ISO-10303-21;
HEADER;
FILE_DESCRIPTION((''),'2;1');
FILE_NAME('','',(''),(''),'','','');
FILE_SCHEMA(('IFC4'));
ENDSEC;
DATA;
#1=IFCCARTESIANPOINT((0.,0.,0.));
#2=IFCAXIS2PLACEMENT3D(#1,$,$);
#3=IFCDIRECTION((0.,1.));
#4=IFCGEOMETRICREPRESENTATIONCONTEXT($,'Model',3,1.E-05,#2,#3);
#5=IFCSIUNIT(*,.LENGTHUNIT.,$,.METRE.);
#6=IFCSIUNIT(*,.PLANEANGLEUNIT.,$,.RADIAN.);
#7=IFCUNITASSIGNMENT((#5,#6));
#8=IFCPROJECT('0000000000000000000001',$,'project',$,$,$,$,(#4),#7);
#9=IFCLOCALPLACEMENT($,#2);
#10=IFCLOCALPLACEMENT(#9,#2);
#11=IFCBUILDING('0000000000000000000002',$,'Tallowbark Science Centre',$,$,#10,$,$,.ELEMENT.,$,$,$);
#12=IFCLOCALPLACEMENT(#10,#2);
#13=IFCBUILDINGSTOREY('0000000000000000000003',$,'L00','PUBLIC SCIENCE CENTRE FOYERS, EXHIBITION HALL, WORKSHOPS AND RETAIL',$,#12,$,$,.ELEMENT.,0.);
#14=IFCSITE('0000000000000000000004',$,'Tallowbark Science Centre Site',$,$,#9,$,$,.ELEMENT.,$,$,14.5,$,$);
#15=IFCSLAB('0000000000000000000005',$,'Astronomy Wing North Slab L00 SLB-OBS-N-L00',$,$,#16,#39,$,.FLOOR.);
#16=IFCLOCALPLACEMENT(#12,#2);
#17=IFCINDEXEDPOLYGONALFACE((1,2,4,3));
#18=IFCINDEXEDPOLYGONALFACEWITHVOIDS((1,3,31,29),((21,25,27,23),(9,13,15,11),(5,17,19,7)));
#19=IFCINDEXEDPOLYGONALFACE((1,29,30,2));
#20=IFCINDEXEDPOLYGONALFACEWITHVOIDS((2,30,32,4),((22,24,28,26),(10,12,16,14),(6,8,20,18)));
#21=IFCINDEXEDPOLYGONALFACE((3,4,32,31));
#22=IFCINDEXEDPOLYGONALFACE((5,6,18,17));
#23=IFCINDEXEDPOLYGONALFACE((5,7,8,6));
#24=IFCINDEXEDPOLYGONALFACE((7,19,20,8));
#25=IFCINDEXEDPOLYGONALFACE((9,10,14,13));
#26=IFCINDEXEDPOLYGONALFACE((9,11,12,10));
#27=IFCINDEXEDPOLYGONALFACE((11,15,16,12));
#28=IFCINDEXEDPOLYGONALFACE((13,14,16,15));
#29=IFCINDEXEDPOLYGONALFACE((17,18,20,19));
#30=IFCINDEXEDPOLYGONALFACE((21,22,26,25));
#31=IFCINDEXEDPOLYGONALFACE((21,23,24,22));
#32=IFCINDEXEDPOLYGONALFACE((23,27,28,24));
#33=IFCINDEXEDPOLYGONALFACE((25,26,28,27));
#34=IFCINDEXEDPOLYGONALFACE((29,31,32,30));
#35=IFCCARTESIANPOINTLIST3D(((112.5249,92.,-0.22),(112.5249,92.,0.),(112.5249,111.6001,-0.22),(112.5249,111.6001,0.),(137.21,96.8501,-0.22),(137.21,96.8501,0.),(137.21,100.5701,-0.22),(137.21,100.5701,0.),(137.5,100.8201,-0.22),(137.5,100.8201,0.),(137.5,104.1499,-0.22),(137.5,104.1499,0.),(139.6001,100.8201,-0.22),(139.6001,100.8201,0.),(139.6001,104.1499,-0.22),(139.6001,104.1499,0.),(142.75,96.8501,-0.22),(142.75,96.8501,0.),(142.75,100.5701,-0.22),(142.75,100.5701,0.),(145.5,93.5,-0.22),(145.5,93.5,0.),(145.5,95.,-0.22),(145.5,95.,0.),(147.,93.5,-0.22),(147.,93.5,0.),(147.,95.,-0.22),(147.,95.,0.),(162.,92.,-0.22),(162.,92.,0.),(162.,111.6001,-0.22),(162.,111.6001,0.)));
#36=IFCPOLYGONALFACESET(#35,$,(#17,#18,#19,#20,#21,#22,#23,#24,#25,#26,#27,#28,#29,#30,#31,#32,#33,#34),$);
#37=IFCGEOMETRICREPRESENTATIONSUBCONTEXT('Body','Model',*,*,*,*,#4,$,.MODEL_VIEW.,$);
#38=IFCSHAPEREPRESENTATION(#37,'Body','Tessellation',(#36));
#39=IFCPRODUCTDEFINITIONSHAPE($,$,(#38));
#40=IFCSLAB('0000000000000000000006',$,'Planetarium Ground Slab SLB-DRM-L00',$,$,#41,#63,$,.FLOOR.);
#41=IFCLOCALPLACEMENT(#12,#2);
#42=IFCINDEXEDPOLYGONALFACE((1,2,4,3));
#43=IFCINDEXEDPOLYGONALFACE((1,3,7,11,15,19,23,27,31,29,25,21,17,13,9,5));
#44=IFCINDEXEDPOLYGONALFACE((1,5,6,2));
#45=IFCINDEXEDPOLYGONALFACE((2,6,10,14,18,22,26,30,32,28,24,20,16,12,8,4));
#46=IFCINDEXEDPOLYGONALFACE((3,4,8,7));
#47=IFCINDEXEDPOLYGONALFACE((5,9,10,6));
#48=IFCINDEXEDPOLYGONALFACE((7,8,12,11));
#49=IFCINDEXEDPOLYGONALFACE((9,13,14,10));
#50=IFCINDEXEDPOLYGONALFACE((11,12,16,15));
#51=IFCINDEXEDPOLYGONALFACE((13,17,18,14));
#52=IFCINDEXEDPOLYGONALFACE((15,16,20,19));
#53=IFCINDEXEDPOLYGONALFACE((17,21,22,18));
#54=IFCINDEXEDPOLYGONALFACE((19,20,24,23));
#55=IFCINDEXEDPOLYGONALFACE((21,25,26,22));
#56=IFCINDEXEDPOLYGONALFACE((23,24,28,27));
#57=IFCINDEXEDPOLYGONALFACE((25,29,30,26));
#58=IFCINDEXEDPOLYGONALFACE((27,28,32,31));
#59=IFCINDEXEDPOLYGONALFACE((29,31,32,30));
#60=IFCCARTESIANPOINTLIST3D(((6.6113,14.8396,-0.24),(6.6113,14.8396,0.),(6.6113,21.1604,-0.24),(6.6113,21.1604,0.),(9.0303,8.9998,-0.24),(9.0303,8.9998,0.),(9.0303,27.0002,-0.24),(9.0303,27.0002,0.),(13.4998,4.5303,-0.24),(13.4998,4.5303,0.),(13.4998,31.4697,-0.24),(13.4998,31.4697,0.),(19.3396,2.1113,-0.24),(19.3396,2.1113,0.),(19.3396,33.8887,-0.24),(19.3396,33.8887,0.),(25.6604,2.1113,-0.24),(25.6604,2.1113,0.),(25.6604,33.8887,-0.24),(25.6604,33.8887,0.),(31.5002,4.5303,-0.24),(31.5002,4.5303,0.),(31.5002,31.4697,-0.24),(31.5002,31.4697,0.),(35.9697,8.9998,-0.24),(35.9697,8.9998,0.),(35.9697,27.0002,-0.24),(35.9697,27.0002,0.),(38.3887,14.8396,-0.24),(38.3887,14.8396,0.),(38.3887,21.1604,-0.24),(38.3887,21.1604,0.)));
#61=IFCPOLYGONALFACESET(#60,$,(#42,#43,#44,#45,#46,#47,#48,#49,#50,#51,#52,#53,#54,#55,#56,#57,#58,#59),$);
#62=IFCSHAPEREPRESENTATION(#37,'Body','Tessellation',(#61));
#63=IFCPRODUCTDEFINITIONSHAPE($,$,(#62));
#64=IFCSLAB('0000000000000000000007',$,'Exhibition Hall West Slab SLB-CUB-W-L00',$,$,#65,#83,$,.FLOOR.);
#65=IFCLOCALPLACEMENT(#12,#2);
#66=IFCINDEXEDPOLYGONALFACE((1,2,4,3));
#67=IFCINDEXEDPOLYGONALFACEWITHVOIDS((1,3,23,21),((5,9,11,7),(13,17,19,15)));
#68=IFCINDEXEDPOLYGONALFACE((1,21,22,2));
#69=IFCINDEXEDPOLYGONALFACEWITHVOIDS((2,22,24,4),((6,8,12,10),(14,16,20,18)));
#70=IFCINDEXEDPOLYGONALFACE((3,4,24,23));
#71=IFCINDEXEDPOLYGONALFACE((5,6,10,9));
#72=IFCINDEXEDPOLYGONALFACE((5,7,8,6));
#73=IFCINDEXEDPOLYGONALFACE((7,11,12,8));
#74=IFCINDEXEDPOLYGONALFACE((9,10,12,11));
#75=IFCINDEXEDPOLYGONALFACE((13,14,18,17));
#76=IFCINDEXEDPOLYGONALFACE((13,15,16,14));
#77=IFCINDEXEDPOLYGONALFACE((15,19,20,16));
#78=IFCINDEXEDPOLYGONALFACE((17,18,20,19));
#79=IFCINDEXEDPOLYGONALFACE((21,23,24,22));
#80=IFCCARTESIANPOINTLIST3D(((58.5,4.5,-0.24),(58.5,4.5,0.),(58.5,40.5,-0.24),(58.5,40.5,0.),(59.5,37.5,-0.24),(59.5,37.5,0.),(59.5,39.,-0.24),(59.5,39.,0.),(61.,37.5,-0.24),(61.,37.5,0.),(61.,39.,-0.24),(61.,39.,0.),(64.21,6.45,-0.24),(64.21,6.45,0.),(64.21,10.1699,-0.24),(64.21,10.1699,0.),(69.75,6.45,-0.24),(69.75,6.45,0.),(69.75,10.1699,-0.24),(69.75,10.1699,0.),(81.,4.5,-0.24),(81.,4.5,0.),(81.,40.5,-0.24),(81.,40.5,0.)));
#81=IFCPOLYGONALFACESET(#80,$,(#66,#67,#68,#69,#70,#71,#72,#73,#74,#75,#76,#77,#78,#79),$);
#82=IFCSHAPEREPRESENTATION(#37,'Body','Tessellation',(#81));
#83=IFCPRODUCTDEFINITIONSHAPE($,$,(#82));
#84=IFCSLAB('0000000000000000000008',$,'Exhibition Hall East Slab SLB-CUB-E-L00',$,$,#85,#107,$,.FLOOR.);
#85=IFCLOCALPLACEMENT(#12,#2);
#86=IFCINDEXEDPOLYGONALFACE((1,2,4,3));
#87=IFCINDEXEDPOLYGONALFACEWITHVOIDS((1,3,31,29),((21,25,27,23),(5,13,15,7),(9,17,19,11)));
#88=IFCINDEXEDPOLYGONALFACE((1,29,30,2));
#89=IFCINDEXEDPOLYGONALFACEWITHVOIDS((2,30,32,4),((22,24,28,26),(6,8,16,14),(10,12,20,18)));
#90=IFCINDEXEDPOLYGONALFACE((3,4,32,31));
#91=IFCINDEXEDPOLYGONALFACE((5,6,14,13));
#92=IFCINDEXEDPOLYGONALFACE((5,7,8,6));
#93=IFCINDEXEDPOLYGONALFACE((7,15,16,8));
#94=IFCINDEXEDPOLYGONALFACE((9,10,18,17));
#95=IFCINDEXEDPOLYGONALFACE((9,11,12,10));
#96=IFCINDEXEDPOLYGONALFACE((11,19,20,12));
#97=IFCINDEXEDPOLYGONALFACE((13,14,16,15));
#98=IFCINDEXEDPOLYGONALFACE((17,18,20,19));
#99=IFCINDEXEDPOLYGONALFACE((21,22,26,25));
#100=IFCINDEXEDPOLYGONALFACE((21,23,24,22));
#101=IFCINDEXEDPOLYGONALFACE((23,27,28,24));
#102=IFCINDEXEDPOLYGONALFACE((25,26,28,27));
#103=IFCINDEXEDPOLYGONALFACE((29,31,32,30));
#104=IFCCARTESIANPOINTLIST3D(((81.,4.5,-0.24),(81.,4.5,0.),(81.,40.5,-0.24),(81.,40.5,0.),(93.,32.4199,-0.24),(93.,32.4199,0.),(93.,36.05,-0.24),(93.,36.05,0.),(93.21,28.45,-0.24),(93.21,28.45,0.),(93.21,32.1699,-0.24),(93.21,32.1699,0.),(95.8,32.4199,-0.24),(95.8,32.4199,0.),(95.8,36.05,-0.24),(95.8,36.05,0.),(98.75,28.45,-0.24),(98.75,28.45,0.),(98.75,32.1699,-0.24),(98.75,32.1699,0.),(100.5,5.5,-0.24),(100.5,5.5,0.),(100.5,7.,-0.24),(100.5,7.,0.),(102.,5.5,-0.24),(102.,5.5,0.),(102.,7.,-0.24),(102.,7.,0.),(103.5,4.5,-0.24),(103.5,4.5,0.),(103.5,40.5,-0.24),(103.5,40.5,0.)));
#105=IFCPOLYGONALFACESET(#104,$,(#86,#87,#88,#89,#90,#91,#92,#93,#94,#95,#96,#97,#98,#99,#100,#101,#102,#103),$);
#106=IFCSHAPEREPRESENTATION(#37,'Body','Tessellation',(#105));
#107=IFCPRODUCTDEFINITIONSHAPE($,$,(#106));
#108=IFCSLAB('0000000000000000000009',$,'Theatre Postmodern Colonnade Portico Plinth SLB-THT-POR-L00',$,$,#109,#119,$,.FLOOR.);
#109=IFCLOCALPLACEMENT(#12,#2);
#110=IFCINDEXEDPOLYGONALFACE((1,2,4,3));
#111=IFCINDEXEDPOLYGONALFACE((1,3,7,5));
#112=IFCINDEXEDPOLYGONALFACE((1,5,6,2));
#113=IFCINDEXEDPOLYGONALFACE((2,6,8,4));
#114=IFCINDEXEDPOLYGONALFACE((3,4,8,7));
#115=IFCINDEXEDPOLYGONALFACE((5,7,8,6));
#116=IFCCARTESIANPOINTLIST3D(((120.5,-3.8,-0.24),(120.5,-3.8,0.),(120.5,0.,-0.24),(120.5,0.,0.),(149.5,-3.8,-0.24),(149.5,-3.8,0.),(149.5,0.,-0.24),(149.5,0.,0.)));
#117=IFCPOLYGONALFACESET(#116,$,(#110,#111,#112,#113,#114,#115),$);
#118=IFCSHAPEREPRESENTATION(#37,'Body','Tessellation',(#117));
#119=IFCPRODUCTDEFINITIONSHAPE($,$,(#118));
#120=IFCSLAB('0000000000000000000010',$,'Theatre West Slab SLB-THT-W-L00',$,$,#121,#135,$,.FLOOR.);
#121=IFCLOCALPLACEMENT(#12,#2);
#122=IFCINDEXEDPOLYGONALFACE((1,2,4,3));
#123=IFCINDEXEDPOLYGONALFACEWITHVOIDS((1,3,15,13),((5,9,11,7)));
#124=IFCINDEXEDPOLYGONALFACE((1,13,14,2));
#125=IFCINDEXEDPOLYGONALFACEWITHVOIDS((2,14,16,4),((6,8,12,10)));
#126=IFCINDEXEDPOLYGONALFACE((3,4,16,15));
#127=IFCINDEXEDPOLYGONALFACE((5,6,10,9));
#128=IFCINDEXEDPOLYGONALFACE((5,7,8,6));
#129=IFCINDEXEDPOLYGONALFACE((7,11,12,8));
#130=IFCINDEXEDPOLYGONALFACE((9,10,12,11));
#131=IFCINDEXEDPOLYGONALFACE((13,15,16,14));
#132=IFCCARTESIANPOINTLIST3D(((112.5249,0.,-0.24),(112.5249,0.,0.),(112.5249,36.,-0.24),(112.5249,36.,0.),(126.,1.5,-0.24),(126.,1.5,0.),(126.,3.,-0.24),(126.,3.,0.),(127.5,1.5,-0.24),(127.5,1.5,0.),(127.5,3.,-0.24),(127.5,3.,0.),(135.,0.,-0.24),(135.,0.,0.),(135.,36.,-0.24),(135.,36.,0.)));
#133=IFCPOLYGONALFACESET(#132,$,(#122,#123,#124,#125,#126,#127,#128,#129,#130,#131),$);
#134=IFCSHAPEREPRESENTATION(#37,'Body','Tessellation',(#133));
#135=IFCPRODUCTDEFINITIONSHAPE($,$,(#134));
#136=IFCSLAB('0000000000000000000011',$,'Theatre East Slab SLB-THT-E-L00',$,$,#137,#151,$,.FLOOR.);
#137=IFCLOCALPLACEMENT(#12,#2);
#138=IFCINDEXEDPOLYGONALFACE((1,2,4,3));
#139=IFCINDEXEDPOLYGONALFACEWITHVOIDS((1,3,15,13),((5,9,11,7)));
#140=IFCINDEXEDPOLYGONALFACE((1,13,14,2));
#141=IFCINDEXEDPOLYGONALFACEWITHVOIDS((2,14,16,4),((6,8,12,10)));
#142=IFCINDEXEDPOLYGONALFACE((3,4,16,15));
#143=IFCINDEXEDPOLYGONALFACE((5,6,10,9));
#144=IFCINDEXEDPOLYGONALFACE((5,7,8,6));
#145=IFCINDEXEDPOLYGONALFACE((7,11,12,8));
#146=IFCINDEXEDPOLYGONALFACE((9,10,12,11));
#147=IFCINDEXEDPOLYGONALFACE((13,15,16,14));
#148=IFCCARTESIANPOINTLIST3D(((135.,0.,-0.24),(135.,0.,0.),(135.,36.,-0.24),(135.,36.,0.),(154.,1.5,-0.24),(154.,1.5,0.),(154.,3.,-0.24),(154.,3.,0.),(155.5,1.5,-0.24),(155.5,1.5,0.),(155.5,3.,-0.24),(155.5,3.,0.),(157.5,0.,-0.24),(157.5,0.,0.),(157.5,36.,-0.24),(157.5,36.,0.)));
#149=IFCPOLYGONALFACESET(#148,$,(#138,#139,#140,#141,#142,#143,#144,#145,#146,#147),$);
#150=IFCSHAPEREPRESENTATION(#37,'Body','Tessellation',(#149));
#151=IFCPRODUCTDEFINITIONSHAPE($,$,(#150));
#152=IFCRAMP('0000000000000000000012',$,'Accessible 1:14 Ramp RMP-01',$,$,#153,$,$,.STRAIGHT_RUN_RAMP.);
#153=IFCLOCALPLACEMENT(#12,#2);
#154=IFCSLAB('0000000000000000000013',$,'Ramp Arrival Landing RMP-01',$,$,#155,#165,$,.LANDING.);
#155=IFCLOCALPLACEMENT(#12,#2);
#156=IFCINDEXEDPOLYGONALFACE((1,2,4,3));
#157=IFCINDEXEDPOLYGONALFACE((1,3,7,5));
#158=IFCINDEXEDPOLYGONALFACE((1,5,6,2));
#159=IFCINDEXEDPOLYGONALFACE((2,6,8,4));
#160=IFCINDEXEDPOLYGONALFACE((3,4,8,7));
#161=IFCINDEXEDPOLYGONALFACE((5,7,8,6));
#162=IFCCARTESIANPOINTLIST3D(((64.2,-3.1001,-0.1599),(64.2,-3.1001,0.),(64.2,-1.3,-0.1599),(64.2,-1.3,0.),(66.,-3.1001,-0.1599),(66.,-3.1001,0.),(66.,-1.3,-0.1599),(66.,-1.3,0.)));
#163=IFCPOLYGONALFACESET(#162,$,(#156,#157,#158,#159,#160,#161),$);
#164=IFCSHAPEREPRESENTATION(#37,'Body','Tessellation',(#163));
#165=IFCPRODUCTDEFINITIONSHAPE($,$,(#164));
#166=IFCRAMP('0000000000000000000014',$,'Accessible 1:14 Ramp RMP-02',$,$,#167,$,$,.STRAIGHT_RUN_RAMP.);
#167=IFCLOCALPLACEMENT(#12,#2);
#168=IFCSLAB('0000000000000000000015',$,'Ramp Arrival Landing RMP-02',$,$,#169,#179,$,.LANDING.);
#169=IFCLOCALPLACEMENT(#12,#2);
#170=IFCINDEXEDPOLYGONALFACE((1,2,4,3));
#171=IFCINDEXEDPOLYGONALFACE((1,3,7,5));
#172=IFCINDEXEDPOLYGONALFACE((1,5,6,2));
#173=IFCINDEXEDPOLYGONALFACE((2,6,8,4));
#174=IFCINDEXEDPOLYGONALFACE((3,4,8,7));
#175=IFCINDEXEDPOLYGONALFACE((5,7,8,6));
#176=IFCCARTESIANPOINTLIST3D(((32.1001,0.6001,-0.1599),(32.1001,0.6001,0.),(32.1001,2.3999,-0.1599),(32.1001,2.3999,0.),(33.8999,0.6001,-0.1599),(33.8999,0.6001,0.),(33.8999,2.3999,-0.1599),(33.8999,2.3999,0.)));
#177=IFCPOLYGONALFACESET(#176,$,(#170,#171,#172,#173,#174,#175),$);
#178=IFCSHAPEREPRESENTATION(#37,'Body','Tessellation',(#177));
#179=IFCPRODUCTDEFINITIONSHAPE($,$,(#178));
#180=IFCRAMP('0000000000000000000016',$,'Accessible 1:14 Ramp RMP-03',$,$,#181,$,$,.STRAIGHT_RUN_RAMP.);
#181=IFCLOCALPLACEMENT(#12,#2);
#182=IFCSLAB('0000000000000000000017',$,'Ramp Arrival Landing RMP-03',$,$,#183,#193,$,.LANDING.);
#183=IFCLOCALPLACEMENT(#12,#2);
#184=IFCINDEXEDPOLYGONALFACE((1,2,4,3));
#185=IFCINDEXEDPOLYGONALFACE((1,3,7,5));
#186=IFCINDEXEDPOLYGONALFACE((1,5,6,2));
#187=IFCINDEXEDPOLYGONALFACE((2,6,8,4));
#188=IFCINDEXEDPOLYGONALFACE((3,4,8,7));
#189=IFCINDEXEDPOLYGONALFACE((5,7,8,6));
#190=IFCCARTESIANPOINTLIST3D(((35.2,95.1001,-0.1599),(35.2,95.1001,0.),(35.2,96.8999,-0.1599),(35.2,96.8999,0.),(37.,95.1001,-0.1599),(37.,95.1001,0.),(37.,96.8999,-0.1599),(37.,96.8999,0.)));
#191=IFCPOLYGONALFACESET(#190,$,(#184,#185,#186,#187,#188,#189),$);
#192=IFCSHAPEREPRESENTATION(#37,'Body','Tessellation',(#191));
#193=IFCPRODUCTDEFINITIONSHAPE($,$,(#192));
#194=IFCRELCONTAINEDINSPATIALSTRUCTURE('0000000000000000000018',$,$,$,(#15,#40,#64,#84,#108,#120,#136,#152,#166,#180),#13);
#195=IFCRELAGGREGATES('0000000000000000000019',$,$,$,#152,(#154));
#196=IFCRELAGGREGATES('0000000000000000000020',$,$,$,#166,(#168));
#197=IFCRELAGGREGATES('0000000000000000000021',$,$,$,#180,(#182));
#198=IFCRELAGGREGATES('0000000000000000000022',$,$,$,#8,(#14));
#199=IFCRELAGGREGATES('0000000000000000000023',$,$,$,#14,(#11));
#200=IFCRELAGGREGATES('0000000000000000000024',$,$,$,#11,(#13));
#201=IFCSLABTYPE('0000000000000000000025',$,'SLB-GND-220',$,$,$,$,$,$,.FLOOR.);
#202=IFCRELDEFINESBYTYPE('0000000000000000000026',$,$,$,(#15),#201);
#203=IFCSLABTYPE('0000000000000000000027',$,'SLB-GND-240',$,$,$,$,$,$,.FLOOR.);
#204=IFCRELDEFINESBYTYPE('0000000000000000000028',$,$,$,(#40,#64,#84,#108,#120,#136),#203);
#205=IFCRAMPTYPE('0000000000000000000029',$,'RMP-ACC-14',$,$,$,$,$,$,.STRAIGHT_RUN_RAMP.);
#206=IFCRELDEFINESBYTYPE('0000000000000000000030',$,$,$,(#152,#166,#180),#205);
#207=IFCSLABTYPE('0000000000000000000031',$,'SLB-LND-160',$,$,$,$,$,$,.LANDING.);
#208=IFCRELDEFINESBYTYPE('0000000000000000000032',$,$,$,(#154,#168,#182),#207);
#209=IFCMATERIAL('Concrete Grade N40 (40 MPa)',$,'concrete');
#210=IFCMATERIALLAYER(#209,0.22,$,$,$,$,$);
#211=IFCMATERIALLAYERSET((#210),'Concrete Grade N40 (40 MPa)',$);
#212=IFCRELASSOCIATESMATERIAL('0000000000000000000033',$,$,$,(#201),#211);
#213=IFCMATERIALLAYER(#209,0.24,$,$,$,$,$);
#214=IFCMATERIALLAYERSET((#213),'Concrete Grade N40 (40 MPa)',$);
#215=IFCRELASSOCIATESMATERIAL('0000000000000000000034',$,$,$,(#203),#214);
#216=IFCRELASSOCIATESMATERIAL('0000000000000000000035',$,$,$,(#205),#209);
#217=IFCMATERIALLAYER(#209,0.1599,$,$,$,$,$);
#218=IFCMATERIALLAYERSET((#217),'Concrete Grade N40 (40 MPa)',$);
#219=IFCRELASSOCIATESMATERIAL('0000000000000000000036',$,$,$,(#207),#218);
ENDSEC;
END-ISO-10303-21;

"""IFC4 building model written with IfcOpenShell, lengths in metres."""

from ifc_helpers import new_model, si_unit, direction, frame, origin, place, context, subcontext, project, spatial, polyline, outline, extrude, material, layer, layer_set, type_object, element, aggregate, save


model = new_model("IFC4")

# Units and contexts
model_context = context("Model", 3, precision=1e-05, world=origin(), true_north=direction((0.0, 1.0)))
body_context = subcontext(model_context, "Body", "Model", "MODEL_VIEW")
ifc_project = project(units=[si_unit("LENGTHUNIT", "METRE"), si_unit("PLANEANGLEUNIT", "RADIAN")], contexts=[model_context])

# Site, building, storey
site_placement = place(None, origin())
site = spatial("IfcSite", under=ifc_project, at=site_placement, Name="Tallowbark Science Centre Site", CompositionType="ELEMENT", RefElevation=14.5)
building_placement = place(site_placement, origin())
building = spatial("IfcBuilding", under=site, at=building_placement, Name="Tallowbark Science Centre", CompositionType="ELEMENT")
storey_placement = place(building_placement, origin())
storey = spatial("IfcBuildingStorey", under=building, at=storey_placement, Name="L00", Description="PUBLIC SCIENCE CENTRE FOYERS, EXHIBITION HALL, WORKSHOPS AND RETAIL", CompositionType="ELEMENT", Elevation=0.0)

# Slabs
ifc_material = material(Name="Concrete Grade N40 (40 MPa)", Category="concrete")
ifc_layer_1 = layer(ifc_material, 0.22)
ifc_layer_set_1 = layer_set([ifc_layer_1], Name="Concrete Grade N40 (40 MPa)")
slab_type_1 = type_object("IfcSlabType", Name="SLB-GND-220", PredefinedType="FLOOR", material=ifc_layer_set_1)
slab_1_placement = place(storey_placement, frame((0.0, 0.0, -0.22)))
element("IfcSlab", 1, at=slab_1_placement, inside=storey, type_object=slab_type_1, Name="Astronomy Wing North Slab L00 SLB-OBS-N-L00", PredefinedType="FLOOR", context=body_context, shape_type="SweptSolid", body=[
    extrude(outline(polyline([(112.5249, 92.0), (162.0, 92.0), (162.0, 111.6001), (112.5249, 111.6001), (112.5249, 92.0)]), holes=[polyline([(137.21, 96.8501), (142.75, 96.8501), (142.75, 100.5701), (137.21, 100.5701), (137.21, 96.8501)]), polyline([(137.5, 100.8201), (139.6001, 100.8201), (139.6001, 104.1499), (137.5, 104.1499), (137.5, 100.8201)]), polyline([(145.5, 93.5), (147.0, 93.5), (147.0, 95.0), (145.5, 95.0), (145.5, 93.5)])]), origin(), (0.0, 0.0, 1.0), 0.22),
])
ifc_layer_2 = layer(ifc_material, 0.24)
ifc_layer_set_2 = layer_set([ifc_layer_2], Name="Concrete Grade N40 (40 MPa)")
slab_type_2 = type_object("IfcSlabType", Name="SLB-GND-240", PredefinedType="FLOOR", material=ifc_layer_set_2)
slab_2_placement = place(storey_placement, frame((0.0, 0.0, -0.24)))
element("IfcSlab", 2, at=slab_2_placement, inside=storey, type_object=slab_type_2, Name="Planetarium Ground Slab SLB-DRM-L00", PredefinedType="FLOOR", context=body_context, shape_type="SweptSolid", body=[
    extrude(outline(polyline([(38.3887, 21.1604), (35.9697, 27.0002), (31.5002, 31.4697), (25.6604, 33.8887), (19.3396, 33.8887), (13.4998, 31.4697), (9.0303, 27.0002), (6.6113, 21.1604), (6.6113, 14.8396), (9.0303, 8.9998), (13.4998, 4.5303), (19.3396, 2.1113), (25.6604, 2.1113), (31.5002, 4.5303), (35.9697, 8.9998), (38.3887, 14.8396), (38.3887, 21.1604)])), origin(), (0.0, 0.0, 1.0), 0.24),
])
slab_3_placement = place(storey_placement, frame((0.0, 0.0, -0.24)))
element("IfcSlab", 3, at=slab_3_placement, inside=storey, type_object=slab_type_2, Name="Exhibition Hall West Slab SLB-CUB-W-L00", PredefinedType="FLOOR", context=body_context, shape_type="SweptSolid", body=[
    extrude(outline(polyline([(58.5, 4.5), (81.0, 4.5), (81.0, 40.5), (58.5, 40.5), (58.5, 4.5)]), holes=[polyline([(64.21, 6.45), (69.75, 6.45), (69.75, 10.1699), (64.21, 10.1699), (64.21, 6.45)]), polyline([(59.5, 37.5), (61.0, 37.5), (61.0, 39.0), (59.5, 39.0), (59.5, 37.5)])]), origin(), (0.0, 0.0, 1.0), 0.24),
])
slab_4_placement = place(storey_placement, frame((0.0, 0.0, -0.24)))
element("IfcSlab", 4, at=slab_4_placement, inside=storey, type_object=slab_type_2, Name="Exhibition Hall East Slab SLB-CUB-E-L00", PredefinedType="FLOOR", context=body_context, shape_type="SweptSolid", body=[
    extrude(outline(polyline([(81.0, 4.5), (103.5, 4.5), (103.5, 40.5), (81.0, 40.5), (81.0, 4.5)]), holes=[polyline([(93.21, 28.45), (98.75, 28.45), (98.75, 32.1699), (93.21, 32.1699), (93.21, 28.45)]), polyline([(93.0, 32.4199), (95.8, 32.4199), (95.8, 36.05), (93.0, 36.05), (93.0, 32.4199)]), polyline([(100.5, 5.5), (102.0, 5.5), (102.0, 7.0), (100.5, 7.0), (100.5, 5.5)])]), origin(), (0.0, 0.0, 1.0), 0.24),
])
slab_5_placement = place(storey_placement, frame((0.0, 0.0, -0.24)))
element("IfcSlab", 5, at=slab_5_placement, inside=storey, type_object=slab_type_2, Name="Theatre Postmodern Colonnade Portico Plinth SLB-THT-POR-L00", PredefinedType="FLOOR", context=body_context, shape_type="SweptSolid", body=[
    extrude(outline(polyline([(120.5, -3.8), (149.5, -3.8), (149.5, 0.0), (120.5, 0.0), (120.5, -3.8)])), origin(), (0.0, 0.0, 1.0), 0.24),
])
slab_6_placement = place(storey_placement, frame((0.0, 0.0, -0.24)))
element("IfcSlab", 6, at=slab_6_placement, inside=storey, type_object=slab_type_2, Name="Theatre West Slab SLB-THT-W-L00", PredefinedType="FLOOR", context=body_context, shape_type="SweptSolid", body=[
    extrude(outline(polyline([(112.5249, 0.0), (135.0, 0.0), (135.0, 36.0), (112.5249, 36.0), (112.5249, 0.0)]), holes=[polyline([(126.0, 1.5), (127.5, 1.5), (127.5, 3.0), (126.0, 3.0), (126.0, 1.5)])]), origin(), (0.0, 0.0, 1.0), 0.24),
])
slab_7_placement = place(storey_placement, frame((0.0, 0.0, -0.24)))
element("IfcSlab", 7, at=slab_7_placement, inside=storey, type_object=slab_type_2, Name="Theatre East Slab SLB-THT-E-L00", PredefinedType="FLOOR", context=body_context, shape_type="SweptSolid", body=[
    extrude(outline(polyline([(135.0, 0.0), (157.5, 0.0), (157.5, 36.0), (135.0, 36.0), (135.0, 0.0)]), holes=[polyline([(154.0, 1.5), (155.5, 1.5), (155.5, 3.0), (154.0, 3.0), (154.0, 1.5)])]), origin(), (0.0, 0.0, 1.0), 0.24),
])

# Ramps, slabs
ramp_type = type_object("IfcRampType", Name="RMP-ACC-14", PredefinedType="STRAIGHT_RUN_RAMP", material=ifc_material)
ramp_1_placement = place(storey_placement, origin())
ramp_1 = element("IfcRamp", 8, at=ramp_1_placement, inside=storey, type_object=ramp_type, Name="Accessible 1:14 Ramp RMP-01", PredefinedType="STRAIGHT_RUN_RAMP")
ifc_layer_3 = layer(ifc_material, 0.1599)
ifc_layer_set_3 = layer_set([ifc_layer_3], Name="Concrete Grade N40 (40 MPa)")
slab_type_3 = type_object("IfcSlabType", Name="SLB-LND-160", PredefinedType="LANDING", material=ifc_layer_set_3)
slab_8_placement = place(storey_placement, frame((0.0, 0.0, -0.1599)))
slab_8 = element("IfcSlab", 9, at=slab_8_placement, type_object=slab_type_3, Name="Ramp Arrival Landing RMP-01", PredefinedType="LANDING", context=body_context, shape_type="SweptSolid", body=[
    extrude(outline(polyline([(64.2, -3.1001), (66.0, -3.1001), (66.0, -1.3), (64.2, -1.3), (64.2, -3.1001)])), origin(), (0.0, 0.0, 1.0), 0.1599),
])
aggregate(ramp_1, [slab_8])
ramp_2_placement = place(storey_placement, origin())
ramp_2 = element("IfcRamp", 10, at=ramp_2_placement, inside=storey, type_object=ramp_type, Name="Accessible 1:14 Ramp RMP-02", PredefinedType="STRAIGHT_RUN_RAMP")
slab_9_placement = place(storey_placement, frame((0.0, 0.0, -0.1599)))
slab_9 = element("IfcSlab", 11, at=slab_9_placement, type_object=slab_type_3, Name="Ramp Arrival Landing RMP-02", PredefinedType="LANDING", context=body_context, shape_type="SweptSolid", body=[
    extrude(outline(polyline([(32.1001, 0.6001), (33.8999, 0.6001), (33.8999, 2.3999), (32.1001, 2.3999), (32.1001, 0.6001)])), origin(), (0.0, 0.0, 1.0), 0.1599),
])
aggregate(ramp_2, [slab_9])
ramp_3_placement = place(storey_placement, origin())
ramp_3 = element("IfcRamp", 12, at=ramp_3_placement, inside=storey, type_object=ramp_type, Name="Accessible 1:14 Ramp RMP-03", PredefinedType="STRAIGHT_RUN_RAMP")
slab_10_placement = place(storey_placement, frame((0.0, 0.0, -0.1599)))
slab_10 = element("IfcSlab", 13, at=slab_10_placement, type_object=slab_type_3, Name="Ramp Arrival Landing RMP-03", PredefinedType="LANDING", context=body_context, shape_type="SweptSolid", body=[
    extrude(outline(polyline([(35.2, 95.1001), (37.0, 95.1001), (37.0, 96.8999), (35.2, 96.8999), (35.2, 95.1001)])), origin(), (0.0, 0.0, 1.0), 0.1599),
])
aggregate(ramp_3, [slab_10])

save(model, "model.ifc")
